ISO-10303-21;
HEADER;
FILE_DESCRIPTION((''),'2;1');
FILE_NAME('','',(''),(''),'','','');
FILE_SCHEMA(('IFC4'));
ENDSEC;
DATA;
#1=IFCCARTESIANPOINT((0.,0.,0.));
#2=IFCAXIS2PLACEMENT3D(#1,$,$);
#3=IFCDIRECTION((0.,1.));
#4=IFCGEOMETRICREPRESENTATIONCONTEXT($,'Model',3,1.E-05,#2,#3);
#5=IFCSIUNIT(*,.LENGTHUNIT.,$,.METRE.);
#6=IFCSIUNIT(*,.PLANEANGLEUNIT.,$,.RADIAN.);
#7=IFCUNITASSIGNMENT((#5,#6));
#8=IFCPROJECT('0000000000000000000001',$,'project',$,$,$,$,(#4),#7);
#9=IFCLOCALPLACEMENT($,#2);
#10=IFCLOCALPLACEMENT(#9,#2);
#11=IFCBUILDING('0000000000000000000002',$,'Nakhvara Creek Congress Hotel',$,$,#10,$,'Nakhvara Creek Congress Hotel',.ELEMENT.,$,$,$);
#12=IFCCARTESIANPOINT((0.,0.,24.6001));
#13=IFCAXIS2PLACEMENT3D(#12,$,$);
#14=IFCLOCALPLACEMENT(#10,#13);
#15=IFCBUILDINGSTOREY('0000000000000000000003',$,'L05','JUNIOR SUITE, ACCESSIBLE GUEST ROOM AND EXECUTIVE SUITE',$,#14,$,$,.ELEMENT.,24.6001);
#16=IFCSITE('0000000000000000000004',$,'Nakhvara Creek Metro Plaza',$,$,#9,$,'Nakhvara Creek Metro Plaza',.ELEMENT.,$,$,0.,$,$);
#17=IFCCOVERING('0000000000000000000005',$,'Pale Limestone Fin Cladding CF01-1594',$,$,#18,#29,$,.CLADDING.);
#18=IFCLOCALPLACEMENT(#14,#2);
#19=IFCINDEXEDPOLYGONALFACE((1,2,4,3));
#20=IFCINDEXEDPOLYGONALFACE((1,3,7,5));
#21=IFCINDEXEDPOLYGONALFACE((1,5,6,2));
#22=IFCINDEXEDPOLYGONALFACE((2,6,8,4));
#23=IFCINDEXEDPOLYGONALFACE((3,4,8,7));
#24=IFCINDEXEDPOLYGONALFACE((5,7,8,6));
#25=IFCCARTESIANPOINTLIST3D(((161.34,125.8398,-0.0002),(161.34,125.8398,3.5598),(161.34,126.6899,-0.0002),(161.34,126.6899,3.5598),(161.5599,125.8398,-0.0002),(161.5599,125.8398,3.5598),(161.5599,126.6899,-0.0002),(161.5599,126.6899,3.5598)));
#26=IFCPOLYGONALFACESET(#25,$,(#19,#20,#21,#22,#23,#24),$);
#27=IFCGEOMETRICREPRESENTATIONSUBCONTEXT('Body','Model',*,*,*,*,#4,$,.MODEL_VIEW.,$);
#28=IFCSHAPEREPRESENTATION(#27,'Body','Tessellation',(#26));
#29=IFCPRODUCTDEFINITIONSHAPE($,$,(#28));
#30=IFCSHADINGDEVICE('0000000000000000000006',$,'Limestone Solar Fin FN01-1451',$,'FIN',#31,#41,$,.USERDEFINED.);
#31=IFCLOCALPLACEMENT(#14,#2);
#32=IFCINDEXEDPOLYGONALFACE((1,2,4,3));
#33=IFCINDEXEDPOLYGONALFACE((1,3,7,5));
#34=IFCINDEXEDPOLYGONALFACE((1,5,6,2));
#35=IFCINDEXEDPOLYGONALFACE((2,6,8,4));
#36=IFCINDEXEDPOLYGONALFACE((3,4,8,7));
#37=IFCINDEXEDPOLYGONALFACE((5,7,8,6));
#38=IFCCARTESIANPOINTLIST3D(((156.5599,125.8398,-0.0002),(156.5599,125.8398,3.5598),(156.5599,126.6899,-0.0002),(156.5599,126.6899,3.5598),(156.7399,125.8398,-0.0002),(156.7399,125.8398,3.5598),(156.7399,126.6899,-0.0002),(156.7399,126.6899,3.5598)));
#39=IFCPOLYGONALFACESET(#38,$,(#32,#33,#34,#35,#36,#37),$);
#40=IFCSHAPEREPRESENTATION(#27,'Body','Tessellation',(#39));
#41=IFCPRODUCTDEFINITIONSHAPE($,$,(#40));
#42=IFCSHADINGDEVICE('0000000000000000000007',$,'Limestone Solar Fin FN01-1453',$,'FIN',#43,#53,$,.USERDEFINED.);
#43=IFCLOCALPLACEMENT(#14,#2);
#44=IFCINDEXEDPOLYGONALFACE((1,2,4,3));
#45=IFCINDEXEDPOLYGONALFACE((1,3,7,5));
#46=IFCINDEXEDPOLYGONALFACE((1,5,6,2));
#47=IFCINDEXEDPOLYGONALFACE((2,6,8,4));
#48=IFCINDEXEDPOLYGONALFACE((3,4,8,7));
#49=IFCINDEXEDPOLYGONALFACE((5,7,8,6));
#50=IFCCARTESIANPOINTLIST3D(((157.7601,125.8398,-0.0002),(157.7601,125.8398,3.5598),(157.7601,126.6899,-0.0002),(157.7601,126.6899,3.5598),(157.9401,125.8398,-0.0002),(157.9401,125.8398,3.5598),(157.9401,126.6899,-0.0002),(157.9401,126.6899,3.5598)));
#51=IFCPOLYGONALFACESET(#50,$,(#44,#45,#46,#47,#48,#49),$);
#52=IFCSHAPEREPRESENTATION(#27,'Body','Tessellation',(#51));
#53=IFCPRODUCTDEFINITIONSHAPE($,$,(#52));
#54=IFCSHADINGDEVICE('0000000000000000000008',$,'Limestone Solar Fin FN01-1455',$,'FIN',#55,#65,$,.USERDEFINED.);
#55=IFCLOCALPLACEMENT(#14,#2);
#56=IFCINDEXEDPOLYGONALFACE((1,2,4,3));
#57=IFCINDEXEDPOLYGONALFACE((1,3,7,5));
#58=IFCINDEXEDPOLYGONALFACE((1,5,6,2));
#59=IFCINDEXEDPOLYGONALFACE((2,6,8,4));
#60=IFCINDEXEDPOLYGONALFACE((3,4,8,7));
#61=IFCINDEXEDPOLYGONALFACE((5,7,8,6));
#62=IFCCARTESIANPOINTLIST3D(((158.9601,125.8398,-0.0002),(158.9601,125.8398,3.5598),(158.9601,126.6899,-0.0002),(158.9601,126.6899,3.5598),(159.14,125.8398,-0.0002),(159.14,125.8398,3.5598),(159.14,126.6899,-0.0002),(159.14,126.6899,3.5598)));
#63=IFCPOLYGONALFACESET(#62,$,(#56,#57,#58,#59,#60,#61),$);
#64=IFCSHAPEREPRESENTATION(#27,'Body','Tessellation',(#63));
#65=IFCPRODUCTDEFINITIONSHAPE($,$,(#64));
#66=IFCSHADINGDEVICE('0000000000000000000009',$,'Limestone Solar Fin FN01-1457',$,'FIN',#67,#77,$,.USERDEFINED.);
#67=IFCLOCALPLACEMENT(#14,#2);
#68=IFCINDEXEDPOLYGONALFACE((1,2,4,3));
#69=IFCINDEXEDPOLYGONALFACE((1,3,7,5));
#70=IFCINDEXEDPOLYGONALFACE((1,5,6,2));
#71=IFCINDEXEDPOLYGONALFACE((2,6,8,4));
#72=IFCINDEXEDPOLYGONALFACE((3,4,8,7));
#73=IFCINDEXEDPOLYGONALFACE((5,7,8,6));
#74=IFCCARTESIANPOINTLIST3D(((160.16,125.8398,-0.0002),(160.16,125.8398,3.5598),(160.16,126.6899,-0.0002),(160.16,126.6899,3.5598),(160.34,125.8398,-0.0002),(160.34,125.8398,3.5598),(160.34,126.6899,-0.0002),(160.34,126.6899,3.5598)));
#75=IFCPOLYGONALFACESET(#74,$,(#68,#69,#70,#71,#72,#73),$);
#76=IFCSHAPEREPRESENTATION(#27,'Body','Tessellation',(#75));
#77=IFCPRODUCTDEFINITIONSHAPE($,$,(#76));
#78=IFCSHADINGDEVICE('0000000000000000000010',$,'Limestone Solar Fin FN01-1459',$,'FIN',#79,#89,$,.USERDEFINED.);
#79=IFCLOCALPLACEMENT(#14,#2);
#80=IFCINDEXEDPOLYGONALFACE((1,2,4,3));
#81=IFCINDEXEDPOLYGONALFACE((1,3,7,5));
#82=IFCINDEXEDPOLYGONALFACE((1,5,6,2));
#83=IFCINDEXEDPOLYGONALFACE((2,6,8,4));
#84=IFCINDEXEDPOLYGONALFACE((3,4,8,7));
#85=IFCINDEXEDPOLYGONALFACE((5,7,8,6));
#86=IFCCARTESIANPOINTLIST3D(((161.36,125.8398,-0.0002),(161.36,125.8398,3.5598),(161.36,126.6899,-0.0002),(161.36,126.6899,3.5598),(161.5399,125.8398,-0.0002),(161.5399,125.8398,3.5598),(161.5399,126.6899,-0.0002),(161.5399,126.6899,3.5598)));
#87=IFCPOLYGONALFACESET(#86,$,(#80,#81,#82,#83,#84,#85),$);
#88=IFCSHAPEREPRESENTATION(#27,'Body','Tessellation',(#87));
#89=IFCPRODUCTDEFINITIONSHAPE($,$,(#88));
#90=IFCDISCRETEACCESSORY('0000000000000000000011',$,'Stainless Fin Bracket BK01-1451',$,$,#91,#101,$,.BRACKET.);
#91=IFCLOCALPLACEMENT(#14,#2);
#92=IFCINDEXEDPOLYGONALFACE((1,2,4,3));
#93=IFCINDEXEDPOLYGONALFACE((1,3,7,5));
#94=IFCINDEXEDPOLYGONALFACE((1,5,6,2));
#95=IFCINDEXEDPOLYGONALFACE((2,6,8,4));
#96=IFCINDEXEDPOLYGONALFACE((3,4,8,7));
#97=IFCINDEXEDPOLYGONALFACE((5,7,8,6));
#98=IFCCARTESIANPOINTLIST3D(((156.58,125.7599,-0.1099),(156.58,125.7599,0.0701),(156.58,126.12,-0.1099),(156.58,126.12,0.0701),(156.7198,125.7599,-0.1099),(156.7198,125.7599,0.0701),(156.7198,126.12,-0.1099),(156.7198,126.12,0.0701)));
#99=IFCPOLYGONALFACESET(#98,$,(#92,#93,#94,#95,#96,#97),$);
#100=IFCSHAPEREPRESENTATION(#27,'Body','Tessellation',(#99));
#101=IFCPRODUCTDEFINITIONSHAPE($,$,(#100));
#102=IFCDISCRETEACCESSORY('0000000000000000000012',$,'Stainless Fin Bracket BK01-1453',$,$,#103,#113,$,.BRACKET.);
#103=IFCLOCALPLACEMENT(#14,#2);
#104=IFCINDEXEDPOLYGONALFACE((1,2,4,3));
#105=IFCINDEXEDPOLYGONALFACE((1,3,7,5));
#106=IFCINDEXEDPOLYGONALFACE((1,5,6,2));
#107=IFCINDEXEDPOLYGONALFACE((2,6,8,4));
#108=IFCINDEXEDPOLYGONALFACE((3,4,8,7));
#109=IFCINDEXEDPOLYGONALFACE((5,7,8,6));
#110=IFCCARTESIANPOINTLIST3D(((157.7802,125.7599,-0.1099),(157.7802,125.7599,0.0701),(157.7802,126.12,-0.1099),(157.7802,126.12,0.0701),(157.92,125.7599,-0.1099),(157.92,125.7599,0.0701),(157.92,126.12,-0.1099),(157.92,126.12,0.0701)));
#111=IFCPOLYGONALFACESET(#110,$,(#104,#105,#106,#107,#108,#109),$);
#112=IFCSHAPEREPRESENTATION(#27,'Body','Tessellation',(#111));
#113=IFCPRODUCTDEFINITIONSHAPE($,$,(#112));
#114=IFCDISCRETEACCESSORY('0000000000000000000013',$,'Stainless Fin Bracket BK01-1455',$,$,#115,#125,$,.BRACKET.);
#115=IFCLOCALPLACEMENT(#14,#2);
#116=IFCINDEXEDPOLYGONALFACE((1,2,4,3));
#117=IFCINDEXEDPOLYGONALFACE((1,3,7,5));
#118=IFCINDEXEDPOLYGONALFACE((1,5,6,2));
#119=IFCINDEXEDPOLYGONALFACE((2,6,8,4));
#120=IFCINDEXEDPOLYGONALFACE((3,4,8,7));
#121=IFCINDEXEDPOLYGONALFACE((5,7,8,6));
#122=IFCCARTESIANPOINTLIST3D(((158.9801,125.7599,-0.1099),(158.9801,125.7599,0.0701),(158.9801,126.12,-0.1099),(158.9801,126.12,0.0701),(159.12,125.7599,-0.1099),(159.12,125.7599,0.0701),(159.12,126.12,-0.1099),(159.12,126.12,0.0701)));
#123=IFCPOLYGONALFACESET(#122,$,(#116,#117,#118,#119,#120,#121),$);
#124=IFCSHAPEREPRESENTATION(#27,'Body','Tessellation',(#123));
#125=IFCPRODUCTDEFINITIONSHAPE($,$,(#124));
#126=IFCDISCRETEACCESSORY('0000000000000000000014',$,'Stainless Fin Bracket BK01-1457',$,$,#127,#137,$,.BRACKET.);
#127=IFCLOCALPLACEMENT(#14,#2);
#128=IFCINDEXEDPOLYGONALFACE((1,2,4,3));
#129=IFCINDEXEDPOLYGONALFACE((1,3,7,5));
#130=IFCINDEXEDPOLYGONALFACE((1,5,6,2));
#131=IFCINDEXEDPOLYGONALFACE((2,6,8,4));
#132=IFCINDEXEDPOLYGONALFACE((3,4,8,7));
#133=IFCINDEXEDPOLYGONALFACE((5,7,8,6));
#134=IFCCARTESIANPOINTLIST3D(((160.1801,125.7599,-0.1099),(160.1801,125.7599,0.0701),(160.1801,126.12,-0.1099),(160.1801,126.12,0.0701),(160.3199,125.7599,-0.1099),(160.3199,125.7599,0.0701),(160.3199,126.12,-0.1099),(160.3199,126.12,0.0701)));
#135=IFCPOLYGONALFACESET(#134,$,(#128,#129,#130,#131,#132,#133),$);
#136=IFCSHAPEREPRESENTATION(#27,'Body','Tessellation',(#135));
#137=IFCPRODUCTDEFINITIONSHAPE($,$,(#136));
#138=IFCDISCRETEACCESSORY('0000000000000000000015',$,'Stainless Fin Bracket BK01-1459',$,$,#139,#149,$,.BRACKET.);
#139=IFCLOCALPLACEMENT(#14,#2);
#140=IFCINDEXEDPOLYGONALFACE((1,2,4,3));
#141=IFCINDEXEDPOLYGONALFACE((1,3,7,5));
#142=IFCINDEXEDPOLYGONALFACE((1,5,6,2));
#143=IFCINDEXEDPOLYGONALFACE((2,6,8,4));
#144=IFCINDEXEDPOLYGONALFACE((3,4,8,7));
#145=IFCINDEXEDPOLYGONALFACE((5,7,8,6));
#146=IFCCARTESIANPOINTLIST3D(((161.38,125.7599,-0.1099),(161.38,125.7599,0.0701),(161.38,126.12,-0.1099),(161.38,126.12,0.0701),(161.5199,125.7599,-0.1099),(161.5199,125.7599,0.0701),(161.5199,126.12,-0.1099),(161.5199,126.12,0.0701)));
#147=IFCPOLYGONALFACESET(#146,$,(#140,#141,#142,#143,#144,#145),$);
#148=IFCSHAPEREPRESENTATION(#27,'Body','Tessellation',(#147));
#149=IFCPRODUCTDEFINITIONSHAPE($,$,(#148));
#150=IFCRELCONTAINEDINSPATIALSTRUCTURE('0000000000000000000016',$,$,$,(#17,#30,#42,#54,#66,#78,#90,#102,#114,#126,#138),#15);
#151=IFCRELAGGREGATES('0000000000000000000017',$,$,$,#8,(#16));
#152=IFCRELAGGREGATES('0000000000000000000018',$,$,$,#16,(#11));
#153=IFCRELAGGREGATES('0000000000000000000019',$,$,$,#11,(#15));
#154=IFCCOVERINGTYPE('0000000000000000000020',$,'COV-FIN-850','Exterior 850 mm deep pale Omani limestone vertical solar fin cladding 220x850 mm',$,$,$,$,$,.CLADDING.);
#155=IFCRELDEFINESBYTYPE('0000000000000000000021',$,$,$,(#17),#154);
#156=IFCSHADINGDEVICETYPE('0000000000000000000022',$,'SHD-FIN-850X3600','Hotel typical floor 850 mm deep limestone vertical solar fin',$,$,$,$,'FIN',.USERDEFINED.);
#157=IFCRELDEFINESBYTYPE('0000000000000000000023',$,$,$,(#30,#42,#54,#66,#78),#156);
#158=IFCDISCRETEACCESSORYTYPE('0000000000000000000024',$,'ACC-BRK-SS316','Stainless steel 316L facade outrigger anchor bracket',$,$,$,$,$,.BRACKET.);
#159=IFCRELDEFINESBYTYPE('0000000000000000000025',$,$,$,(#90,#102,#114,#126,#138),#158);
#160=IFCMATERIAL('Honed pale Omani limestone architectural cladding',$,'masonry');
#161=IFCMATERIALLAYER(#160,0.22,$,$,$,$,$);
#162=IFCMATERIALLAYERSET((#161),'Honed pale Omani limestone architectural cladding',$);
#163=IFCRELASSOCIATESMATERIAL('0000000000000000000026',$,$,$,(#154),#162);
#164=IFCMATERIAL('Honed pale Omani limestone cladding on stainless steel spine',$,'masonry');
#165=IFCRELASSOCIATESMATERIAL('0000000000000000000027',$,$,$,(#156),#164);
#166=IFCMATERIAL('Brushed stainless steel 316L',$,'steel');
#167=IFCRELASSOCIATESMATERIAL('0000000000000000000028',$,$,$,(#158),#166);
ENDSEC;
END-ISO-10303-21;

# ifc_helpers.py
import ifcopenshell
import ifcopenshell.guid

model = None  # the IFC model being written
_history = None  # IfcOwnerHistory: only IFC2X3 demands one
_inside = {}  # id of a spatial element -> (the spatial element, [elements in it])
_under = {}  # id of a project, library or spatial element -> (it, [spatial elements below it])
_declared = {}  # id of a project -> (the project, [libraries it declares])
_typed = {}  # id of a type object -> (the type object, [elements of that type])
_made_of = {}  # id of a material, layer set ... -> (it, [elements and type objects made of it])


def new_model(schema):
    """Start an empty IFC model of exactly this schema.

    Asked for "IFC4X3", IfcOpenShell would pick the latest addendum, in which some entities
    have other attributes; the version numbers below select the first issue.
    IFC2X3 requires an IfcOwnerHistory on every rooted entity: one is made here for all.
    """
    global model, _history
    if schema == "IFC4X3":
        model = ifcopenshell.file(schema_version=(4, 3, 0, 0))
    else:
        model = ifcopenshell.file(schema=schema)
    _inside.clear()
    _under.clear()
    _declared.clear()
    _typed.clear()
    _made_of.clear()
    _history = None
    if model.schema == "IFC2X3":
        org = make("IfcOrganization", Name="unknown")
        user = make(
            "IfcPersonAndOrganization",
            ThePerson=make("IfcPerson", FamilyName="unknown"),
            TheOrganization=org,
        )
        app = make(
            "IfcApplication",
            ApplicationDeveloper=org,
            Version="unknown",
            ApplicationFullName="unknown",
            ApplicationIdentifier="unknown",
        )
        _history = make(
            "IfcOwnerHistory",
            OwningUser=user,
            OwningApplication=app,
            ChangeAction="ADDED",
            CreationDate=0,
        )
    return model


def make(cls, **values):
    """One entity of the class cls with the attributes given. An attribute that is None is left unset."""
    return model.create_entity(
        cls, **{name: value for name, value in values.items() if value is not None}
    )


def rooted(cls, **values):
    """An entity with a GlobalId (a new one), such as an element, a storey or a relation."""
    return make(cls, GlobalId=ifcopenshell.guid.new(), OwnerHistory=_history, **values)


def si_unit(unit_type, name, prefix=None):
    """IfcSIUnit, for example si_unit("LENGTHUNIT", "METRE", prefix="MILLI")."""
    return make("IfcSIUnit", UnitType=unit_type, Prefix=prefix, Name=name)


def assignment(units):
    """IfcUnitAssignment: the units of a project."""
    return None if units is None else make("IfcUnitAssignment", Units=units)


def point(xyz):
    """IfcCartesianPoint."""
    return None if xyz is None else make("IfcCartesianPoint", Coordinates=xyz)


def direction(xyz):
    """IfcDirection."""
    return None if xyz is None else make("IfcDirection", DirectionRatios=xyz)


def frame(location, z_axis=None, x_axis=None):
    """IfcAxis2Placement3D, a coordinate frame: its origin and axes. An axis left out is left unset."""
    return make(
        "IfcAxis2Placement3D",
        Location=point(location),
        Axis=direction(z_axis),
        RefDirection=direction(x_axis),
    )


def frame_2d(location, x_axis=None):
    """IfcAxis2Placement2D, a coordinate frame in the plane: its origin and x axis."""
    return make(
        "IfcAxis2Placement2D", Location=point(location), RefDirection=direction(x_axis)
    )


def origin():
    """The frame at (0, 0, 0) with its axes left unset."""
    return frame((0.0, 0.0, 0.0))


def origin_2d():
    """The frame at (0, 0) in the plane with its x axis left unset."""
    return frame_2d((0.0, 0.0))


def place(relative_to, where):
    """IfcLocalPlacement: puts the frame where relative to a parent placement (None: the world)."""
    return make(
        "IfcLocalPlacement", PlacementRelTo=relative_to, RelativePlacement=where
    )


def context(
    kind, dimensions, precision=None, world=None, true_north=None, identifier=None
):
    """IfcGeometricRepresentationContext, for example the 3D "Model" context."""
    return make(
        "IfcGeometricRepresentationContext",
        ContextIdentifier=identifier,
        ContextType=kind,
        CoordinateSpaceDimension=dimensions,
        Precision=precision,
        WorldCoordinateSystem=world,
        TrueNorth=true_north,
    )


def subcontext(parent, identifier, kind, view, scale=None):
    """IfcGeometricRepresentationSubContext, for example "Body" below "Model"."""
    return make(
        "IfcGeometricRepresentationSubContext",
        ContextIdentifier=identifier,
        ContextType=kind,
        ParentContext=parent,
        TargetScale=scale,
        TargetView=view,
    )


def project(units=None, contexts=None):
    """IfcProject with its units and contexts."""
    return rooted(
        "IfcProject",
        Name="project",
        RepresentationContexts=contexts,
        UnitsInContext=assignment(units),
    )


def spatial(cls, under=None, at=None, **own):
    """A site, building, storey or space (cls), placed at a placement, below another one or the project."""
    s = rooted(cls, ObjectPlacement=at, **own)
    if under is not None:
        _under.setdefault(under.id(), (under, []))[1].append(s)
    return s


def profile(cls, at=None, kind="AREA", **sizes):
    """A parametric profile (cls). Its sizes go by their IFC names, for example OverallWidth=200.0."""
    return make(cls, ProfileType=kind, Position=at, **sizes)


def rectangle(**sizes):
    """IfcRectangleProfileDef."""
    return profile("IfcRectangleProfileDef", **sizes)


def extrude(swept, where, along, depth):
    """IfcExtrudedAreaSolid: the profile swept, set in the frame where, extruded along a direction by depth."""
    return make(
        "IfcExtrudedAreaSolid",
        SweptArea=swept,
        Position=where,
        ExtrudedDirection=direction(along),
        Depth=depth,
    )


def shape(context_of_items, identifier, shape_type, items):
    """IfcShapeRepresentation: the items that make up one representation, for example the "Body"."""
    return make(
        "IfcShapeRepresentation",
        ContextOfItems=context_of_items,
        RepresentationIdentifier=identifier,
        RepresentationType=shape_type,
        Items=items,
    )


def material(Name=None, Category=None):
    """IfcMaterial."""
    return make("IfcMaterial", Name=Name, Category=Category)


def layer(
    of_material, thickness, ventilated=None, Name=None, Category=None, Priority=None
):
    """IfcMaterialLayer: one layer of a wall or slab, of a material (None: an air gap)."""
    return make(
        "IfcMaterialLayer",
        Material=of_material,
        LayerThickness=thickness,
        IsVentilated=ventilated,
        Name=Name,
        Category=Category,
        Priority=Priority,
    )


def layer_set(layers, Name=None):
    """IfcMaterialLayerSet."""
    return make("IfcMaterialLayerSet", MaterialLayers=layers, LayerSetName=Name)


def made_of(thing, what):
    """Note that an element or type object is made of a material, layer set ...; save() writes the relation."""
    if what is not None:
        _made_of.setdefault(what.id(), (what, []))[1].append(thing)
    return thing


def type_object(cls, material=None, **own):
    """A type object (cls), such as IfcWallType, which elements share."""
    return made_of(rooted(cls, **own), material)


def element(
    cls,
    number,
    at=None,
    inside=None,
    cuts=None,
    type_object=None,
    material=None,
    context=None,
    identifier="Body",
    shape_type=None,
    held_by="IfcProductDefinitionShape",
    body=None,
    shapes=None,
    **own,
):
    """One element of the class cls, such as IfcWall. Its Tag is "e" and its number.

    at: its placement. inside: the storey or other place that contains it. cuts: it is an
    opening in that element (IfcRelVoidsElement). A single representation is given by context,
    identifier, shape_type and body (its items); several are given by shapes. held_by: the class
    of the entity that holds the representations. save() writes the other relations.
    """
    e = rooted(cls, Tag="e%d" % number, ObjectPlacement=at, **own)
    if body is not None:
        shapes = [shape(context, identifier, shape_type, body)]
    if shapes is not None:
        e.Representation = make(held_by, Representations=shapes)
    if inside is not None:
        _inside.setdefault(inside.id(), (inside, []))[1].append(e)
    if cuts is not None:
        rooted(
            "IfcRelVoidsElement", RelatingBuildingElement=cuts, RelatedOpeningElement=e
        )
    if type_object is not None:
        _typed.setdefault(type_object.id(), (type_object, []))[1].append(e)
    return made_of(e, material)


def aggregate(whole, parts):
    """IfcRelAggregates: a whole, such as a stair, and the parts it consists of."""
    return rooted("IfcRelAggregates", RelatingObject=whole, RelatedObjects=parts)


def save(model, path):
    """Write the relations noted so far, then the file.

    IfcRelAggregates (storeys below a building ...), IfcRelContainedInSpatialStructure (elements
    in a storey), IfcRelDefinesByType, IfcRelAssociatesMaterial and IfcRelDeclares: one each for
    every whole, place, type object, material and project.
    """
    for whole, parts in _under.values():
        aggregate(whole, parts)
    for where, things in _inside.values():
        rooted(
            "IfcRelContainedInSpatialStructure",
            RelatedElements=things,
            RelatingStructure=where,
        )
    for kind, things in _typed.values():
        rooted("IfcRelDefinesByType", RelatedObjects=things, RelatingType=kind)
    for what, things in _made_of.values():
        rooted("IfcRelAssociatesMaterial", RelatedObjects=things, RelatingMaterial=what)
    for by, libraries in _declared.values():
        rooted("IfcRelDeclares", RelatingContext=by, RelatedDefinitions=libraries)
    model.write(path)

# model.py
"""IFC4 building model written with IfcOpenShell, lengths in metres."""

from ifc_helpers import new_model, si_unit, direction, frame, origin, origin_2d, place, context, subcontext, project, spatial, rectangle, extrude, material, layer, layer_set, type_object, element, save


model = new_model("IFC4")

# Units and contexts
model_context = context("Model", 3, precision=1e-05, world=origin(), true_north=direction((0.0, 1.0)))
body_context = subcontext(model_context, "Body", "Model", "MODEL_VIEW")
ifc_project = project(units=[si_unit("LENGTHUNIT", "METRE"), si_unit("PLANEANGLEUNIT", "RADIAN")], contexts=[model_context])

# Site, building, storey
site_placement = place(None, origin())
site = spatial("IfcSite", under=ifc_project, at=site_placement, Name="Nakhvara Creek Metro Plaza", LongName="Nakhvara Creek Metro Plaza", CompositionType="ELEMENT", RefElevation=0.0)
building_placement = place(site_placement, origin())
building = spatial("IfcBuilding", under=site, at=building_placement, Name="Nakhvara Creek Congress Hotel", LongName="Nakhvara Creek Congress Hotel", CompositionType="ELEMENT")
storey_placement = place(building_placement, frame((0.0, 0.0, 24.6001)))
storey = spatial("IfcBuildingStorey", under=building, at=storey_placement, Name="L05", Description="JUNIOR SUITE, ACCESSIBLE GUEST ROOM AND EXECUTIVE SUITE", CompositionType="ELEMENT", Elevation=24.6001)

# Covering
ifc_material_1 = material(Name="Honed pale Omani limestone architectural cladding", Category="masonry")
ifc_layer_1 = layer(ifc_material_1, 0.22)
ifc_layer_set_1 = layer_set([ifc_layer_1], Name="Honed pale Omani limestone architectural cladding")
covering_type = type_object("IfcCoveringType", Name="COV-FIN-850", Description="Exterior 850 mm deep pale Omani limestone vertical solar fin cladding 220x850 mm", PredefinedType="CLADDING", material=ifc_layer_set_1)
for number, where, z_axis, x_axis, name in (
    (1, (161.45, 126.2649, -0.0002), (0.0, 0.0, 1.0), (1.0, 0.0, 0.0), "Pale Limestone Fin Cladding CF01-1594"),
):
    element("IfcCovering", number, at=place(storey_placement, frame(where, z_axis=z_axis, x_axis=x_axis)), inside=storey, type_object=covering_type, Name=name, PredefinedType="CLADDING", context=body_context, shape_type="SweptSolid", body=[
        extrude(rectangle(XDim=0.22, YDim=0.8501, at=origin_2d()), origin(), (0.0, 0.0, 1.0), 3.5601),
    ])

# Shading devices
ifc_material_2 = material(Name="Honed pale Omani limestone cladding on stainless steel spine", Category="masonry")
shading_device_type = type_object("IfcShadingDeviceType", Name="SHD-FIN-850X3600", Description="Hotel typical floor 850 mm deep limestone vertical solar fin", ElementType="FIN", PredefinedType="USERDEFINED", material=ifc_material_2)
for number, where, z_axis, x_axis, name in (
    (2, (156.6499, 126.2649, -0.0002), (0.0, 0.0, 1.0), (1.0, 0.0, 0.0), "Limestone Solar Fin FN01-1451"),
    (3, (157.8501, 126.2649, -0.0002), (0.0, 0.0, 1.0), (1.0, 0.0, 0.0), "Limestone Solar Fin FN01-1453"),
    (4, (159.05, 126.2649, -0.0002), (0.0, 0.0, 1.0), (1.0, 0.0, 0.0), "Limestone Solar Fin FN01-1455"),
    (5, (160.25, 126.2649, -0.0002), (0.0, 0.0, 1.0), (1.0, 0.0, 0.0), "Limestone Solar Fin FN01-1457"),
    (6, (161.45, 126.2649, -0.0002), (0.0, 0.0, 1.0), (1.0, 0.0, 0.0), "Limestone Solar Fin FN01-1459"),
):
    element("IfcShadingDevice", number, at=place(storey_placement, frame(where, z_axis=z_axis, x_axis=x_axis)), inside=storey, type_object=shading_device_type, Name=name, ObjectType="FIN", PredefinedType="USERDEFINED", context=body_context, shape_type="SweptSolid", body=[
        extrude(rectangle(XDim=0.1799, YDim=0.8501, at=origin_2d()), origin(), (0.0, 0.0, 1.0), 3.5601),
    ])

# Discrete accessories
ifc_material_3 = material(Name="Brushed stainless steel 316L", Category="steel")
discrete_accessory_type = type_object("IfcDiscreteAccessoryType", Name="ACC-BRK-SS316", Description="Stainless steel 316L facade outrigger anchor bracket", PredefinedType="BRACKET", material=ifc_material_3)
for number, where, z_axis, x_axis, name in (
    (7, (156.6499, 125.9399, -0.1099), (0.0, 0.0, 1.0), (1.0, 0.0, 0.0), "Stainless Fin Bracket BK01-1451"),
    (8, (157.8501, 125.9399, -0.1099), (0.0, 0.0, 1.0), (1.0, 0.0, 0.0), "Stainless Fin Bracket BK01-1453"),
    (9, (159.05, 125.9399, -0.1099), (0.0, 0.0, 1.0), (1.0, 0.0, 0.0), "Stainless Fin Bracket BK01-1455"),
    (10, (160.25, 125.9399, -0.1099), (0.0, 0.0, 1.0), (1.0, 0.0, 0.0), "Stainless Fin Bracket BK01-1457"),
    (11, (161.45, 125.9399, -0.1099), (0.0, 0.0, 1.0), (1.0, 0.0, 0.0), "Stainless Fin Bracket BK01-1459"),
):
    element("IfcDiscreteAccessory", number, at=place(storey_placement, frame(where, z_axis=z_axis, x_axis=x_axis)), inside=storey, type_object=discrete_accessory_type, Name=name, PredefinedType="BRACKET", context=body_context, shape_type="SweptSolid", body=[
        extrude(rectangle(XDim=0.1399, YDim=0.3601, at=origin_2d()), origin(), (0.0, 0.0, 1.0), 0.1799),
    ])

save(model, "model.ifc")
